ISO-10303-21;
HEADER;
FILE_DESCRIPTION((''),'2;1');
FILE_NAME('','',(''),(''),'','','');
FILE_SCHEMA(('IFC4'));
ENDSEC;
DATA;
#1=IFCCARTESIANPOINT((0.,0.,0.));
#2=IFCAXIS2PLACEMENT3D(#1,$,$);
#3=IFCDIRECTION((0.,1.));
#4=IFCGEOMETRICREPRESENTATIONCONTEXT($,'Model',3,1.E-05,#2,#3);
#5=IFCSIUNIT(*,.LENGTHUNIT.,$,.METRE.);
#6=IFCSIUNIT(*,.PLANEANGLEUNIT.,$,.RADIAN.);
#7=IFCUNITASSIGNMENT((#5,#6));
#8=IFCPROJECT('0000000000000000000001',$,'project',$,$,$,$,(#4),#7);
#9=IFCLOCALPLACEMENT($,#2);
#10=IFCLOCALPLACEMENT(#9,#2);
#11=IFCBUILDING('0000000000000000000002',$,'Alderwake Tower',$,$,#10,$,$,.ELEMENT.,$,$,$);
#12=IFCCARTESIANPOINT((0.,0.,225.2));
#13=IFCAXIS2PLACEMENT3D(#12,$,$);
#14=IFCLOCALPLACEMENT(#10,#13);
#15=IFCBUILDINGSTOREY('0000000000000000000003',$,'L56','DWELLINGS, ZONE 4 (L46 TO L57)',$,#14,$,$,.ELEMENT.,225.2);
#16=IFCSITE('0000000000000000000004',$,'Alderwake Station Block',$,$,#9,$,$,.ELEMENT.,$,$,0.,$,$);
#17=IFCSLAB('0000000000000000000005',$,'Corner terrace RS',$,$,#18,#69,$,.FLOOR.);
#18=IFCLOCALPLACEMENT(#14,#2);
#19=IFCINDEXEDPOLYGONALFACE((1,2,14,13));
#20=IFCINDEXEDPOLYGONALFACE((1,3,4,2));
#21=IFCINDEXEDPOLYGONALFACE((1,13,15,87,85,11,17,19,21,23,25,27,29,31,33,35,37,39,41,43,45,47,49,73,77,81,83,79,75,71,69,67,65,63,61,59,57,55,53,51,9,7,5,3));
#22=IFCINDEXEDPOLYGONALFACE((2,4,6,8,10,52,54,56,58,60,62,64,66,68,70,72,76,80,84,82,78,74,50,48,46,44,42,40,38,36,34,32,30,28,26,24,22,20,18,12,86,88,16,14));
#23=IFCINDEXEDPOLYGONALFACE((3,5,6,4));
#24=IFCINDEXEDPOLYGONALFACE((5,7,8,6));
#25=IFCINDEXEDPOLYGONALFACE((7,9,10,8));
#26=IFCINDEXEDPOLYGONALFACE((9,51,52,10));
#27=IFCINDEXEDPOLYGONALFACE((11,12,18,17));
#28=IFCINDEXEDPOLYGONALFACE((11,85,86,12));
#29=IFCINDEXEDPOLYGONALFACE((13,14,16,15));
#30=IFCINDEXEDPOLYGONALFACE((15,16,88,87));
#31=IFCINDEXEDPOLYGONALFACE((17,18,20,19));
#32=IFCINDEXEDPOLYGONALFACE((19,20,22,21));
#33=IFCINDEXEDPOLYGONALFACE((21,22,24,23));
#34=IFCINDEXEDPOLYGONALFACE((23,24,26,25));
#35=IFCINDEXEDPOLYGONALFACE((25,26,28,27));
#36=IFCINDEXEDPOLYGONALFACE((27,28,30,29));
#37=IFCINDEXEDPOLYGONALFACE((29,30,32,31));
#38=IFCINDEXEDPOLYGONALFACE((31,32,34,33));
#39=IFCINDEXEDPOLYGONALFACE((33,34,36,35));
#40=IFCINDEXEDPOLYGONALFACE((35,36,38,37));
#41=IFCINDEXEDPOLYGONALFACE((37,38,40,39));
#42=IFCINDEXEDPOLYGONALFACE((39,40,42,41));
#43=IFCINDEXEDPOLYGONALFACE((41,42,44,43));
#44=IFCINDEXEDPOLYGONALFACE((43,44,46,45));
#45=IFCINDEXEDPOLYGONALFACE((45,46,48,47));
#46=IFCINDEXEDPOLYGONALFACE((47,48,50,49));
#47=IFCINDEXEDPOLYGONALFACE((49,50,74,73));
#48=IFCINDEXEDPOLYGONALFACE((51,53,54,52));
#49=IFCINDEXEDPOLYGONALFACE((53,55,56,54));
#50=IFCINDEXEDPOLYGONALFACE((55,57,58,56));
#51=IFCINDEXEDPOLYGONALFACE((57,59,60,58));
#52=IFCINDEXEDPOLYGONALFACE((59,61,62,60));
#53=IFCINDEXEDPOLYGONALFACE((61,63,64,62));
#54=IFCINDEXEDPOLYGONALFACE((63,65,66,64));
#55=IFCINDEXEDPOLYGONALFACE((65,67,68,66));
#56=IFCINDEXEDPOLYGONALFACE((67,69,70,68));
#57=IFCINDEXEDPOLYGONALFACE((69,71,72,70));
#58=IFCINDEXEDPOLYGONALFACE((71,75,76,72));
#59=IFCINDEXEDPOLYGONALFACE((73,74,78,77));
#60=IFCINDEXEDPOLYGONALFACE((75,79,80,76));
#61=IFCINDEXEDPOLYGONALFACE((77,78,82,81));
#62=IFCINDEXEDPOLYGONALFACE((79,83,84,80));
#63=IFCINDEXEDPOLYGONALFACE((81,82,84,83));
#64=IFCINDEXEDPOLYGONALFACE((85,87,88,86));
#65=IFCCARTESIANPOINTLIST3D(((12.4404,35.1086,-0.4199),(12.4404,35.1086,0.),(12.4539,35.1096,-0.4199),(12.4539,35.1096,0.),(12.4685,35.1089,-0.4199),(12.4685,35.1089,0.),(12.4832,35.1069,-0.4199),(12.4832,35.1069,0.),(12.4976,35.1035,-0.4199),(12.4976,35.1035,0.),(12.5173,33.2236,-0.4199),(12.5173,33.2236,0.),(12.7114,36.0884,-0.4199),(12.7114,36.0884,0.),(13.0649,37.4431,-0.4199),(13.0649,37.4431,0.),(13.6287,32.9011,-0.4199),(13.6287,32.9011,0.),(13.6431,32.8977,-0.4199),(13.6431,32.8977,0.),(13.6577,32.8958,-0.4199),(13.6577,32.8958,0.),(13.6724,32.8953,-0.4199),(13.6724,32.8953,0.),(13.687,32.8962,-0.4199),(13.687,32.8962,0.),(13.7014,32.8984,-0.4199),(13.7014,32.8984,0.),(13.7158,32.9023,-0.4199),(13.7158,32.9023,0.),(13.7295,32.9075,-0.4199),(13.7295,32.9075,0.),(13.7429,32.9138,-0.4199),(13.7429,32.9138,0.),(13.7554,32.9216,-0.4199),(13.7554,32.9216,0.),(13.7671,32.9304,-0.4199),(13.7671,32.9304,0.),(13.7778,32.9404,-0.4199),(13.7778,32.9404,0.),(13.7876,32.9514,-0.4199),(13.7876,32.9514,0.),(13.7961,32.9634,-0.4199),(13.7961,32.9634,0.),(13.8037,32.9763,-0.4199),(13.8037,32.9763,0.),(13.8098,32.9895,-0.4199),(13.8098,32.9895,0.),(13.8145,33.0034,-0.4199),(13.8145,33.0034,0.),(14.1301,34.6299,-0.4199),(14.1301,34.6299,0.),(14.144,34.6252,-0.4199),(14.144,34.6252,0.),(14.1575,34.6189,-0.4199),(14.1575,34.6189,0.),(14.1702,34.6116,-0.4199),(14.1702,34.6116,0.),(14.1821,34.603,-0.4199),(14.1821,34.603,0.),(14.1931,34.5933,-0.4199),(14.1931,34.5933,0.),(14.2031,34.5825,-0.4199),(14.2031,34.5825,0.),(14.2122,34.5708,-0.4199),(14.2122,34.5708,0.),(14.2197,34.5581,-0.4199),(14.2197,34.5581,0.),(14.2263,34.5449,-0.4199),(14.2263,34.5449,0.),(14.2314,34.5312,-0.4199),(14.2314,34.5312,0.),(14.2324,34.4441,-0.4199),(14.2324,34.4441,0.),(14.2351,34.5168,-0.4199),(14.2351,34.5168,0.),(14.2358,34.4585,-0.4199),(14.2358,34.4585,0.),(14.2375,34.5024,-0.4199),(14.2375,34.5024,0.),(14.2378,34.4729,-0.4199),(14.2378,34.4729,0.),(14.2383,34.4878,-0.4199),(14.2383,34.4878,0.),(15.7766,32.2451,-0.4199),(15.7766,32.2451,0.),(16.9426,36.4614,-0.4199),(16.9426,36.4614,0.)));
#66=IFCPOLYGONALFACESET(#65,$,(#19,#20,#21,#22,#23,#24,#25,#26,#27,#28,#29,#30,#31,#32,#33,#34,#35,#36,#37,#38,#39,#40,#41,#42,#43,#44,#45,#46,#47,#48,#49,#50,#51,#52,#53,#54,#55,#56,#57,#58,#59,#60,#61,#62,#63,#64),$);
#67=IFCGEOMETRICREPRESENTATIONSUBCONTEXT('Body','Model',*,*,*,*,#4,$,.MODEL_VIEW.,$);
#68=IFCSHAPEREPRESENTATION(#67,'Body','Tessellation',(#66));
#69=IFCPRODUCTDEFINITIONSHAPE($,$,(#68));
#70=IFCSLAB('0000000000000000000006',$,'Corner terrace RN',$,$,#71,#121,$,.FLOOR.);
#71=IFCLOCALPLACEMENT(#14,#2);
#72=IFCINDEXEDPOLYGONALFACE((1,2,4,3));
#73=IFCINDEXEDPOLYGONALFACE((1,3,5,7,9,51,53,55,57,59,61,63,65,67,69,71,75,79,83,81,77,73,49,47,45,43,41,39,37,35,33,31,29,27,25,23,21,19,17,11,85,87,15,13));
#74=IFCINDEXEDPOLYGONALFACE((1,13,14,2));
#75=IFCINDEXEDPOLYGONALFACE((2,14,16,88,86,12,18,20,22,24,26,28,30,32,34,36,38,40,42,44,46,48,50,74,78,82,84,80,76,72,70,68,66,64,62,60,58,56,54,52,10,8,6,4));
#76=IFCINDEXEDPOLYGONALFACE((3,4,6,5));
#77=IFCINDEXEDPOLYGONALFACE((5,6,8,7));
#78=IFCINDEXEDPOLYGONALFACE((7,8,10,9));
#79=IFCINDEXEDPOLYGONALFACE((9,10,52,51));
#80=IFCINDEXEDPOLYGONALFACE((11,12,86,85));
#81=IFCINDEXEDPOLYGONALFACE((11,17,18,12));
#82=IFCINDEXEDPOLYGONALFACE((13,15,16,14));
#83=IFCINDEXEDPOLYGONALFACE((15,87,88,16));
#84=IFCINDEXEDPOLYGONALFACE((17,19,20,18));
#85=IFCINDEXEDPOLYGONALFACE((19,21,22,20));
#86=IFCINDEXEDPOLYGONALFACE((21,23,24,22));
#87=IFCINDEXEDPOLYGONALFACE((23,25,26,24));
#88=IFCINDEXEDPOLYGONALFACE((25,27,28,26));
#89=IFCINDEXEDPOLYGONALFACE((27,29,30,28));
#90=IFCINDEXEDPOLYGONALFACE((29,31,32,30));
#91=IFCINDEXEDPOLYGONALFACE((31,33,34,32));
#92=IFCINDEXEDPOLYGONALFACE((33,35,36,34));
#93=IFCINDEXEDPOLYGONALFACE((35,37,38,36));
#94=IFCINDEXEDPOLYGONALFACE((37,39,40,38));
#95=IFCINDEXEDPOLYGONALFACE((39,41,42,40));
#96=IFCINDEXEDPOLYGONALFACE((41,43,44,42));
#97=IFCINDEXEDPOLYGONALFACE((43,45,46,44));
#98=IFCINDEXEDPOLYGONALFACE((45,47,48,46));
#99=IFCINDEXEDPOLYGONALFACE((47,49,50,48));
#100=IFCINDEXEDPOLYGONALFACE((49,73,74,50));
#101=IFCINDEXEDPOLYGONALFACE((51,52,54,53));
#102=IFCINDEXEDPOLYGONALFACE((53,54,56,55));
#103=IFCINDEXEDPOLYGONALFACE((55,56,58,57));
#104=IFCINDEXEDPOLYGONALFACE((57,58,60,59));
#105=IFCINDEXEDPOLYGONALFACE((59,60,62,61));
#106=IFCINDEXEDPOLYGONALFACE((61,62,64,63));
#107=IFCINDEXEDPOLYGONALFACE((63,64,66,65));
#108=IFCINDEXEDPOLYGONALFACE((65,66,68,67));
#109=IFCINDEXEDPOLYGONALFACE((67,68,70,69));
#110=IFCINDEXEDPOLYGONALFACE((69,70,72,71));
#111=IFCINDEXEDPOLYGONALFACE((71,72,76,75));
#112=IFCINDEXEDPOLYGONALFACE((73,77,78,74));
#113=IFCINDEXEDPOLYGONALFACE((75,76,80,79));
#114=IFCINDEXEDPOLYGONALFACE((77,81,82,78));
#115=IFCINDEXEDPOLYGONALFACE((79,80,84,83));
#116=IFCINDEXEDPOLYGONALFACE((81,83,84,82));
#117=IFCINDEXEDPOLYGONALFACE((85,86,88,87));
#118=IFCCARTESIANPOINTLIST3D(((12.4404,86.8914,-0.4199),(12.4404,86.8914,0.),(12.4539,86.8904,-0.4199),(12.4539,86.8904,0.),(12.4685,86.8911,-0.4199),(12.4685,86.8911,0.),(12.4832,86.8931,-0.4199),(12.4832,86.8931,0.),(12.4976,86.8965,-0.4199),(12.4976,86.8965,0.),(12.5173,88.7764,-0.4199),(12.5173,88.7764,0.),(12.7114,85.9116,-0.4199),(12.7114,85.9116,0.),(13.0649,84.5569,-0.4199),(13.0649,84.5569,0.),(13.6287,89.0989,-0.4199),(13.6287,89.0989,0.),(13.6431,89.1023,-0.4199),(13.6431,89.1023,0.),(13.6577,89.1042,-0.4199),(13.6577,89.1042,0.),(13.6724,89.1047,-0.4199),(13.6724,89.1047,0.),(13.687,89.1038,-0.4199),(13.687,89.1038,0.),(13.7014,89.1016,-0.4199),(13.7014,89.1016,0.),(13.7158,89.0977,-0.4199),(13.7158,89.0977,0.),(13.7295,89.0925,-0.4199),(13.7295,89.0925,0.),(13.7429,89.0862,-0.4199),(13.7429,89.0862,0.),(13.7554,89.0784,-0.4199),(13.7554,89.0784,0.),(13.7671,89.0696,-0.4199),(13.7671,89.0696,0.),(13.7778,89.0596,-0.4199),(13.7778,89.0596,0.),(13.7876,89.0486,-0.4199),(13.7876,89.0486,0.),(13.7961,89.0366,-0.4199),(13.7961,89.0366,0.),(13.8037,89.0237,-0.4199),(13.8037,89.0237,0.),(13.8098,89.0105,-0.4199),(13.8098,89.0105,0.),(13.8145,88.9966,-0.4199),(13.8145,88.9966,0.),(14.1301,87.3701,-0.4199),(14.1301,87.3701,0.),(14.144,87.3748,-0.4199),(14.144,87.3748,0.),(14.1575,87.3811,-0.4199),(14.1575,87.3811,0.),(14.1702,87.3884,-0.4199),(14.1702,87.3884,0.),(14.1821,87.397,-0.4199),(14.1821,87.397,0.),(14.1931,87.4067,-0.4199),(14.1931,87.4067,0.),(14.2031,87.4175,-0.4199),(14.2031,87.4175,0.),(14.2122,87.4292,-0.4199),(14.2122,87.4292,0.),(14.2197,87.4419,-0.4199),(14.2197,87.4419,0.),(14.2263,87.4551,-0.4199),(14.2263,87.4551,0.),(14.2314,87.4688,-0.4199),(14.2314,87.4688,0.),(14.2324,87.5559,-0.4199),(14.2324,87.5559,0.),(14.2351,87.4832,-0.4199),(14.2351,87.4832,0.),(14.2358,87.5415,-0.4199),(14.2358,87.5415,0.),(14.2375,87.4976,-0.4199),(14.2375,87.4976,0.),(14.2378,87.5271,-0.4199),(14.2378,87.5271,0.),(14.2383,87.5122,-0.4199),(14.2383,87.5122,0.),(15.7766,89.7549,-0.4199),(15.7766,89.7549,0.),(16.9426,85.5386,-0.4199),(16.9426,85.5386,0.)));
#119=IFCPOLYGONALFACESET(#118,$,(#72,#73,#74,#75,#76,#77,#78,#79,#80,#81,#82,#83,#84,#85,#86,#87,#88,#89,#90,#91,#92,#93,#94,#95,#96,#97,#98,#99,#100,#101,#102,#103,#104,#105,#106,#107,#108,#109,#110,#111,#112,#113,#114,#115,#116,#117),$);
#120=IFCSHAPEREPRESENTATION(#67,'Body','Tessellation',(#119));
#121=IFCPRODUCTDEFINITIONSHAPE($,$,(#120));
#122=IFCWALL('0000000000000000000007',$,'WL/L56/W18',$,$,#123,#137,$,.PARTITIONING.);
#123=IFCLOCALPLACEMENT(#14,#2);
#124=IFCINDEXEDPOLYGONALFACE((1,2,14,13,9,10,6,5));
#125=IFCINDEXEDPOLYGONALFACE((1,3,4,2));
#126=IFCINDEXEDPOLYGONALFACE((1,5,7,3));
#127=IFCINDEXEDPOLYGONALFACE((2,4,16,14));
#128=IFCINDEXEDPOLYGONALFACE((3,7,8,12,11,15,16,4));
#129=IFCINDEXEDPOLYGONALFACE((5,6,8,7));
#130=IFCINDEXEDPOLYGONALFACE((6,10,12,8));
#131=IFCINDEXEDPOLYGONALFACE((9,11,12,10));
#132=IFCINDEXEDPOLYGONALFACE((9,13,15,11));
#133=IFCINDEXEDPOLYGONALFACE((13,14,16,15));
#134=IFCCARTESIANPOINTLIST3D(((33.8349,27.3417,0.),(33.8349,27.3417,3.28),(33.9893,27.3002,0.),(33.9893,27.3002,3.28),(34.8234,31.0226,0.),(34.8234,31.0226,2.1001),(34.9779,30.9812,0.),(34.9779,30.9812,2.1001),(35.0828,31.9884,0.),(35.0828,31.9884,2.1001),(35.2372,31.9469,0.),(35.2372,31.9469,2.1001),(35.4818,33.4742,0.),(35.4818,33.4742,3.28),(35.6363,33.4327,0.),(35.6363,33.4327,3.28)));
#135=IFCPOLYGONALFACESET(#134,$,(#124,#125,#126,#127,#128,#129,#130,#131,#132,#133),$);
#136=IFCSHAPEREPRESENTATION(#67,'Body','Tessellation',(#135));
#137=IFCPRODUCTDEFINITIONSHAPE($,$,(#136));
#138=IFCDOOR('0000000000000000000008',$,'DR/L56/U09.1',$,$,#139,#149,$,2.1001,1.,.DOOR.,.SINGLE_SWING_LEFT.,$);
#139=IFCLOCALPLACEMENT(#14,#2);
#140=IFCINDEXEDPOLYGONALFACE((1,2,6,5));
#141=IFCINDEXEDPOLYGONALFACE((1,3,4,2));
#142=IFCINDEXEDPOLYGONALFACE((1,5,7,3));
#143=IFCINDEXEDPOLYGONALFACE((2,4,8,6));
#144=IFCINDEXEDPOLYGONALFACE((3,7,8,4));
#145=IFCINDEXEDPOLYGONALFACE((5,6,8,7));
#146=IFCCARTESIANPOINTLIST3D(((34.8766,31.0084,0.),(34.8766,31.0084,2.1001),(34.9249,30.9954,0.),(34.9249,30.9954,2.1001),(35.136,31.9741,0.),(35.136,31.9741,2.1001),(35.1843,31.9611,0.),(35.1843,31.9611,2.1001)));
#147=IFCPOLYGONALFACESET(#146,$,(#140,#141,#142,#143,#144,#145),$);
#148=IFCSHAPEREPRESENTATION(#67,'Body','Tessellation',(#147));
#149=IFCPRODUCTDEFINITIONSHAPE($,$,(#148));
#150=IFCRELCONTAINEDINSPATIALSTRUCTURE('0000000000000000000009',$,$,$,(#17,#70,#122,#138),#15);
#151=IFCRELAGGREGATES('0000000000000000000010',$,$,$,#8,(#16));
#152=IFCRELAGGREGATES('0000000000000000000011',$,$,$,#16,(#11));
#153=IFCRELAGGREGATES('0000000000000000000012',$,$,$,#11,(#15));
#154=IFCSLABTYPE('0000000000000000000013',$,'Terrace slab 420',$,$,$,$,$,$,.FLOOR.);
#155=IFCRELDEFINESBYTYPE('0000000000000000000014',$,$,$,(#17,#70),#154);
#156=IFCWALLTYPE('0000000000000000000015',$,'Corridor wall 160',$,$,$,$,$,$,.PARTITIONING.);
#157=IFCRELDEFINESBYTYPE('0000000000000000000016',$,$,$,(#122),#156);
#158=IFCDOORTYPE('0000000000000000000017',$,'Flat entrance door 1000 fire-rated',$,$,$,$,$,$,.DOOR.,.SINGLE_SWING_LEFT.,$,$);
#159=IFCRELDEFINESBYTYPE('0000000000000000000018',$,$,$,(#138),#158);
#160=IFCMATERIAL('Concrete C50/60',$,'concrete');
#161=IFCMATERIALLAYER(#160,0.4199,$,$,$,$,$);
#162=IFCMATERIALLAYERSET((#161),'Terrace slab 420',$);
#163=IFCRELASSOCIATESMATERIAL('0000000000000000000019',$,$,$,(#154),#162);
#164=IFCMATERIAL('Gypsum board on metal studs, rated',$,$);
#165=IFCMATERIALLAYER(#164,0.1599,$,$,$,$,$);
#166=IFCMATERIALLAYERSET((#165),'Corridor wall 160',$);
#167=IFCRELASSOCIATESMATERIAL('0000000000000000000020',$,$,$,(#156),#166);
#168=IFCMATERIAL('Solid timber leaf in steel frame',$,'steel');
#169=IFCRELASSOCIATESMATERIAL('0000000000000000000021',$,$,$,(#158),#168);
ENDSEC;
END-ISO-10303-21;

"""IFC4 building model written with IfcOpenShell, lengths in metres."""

from ifc_helpers import new_model, si_unit, direction, frame, frame_2d, origin, place, context, subcontext, project, spatial, polyline, rectangle, outline, extrude, material, layer, layer_set, type_object, element, fill, save


model = new_model("IFC4")

# Units and contexts
model_context = context("Model", 3, precision=1e-05, world=origin(), true_north=direction((0.0, 1.0)))
body_context = subcontext(model_context, "Body", "Model", "MODEL_VIEW")
ifc_project = project(units=[si_unit("LENGTHUNIT", "METRE"), si_unit("PLANEANGLEUNIT", "RADIAN")], contexts=[model_context])

# Site, building, storey
site_placement = place(None, origin())
site = spatial("IfcSite", under=ifc_project, at=site_placement, Name="Alderwake Station Block", CompositionType="ELEMENT", RefElevation=0.0)
building_placement = place(site_placement, origin())
building = spatial("IfcBuilding", under=site, at=building_placement, Name="Alderwake Tower", CompositionType="ELEMENT")
storey_placement = place(building_placement, frame((0.0, 0.0, 225.2)))
storey = spatial("IfcBuildingStorey", under=building, at=storey_placement, Name="L56", Description="DWELLINGS, ZONE 4 (L46 TO L57)", CompositionType="ELEMENT", Elevation=225.2)

# Slabs
ifc_material_1 = material(Name="Concrete C50/60", Category="concrete")
ifc_layer_1 = layer(ifc_material_1, 0.4199)
ifc_layer_set_1 = layer_set([ifc_layer_1], Name="Terrace slab 420")
slab_type_1 = type_object("IfcSlabType", Name="Terrace slab 420", PredefinedType="FLOOR", material=ifc_layer_set_1)
slab_1_placement = place(storey_placement, frame((0.0, 0.0, -0.4199)))
element("IfcSlab", 1, at=slab_1_placement, inside=storey, type_object=slab_type_1, Name="Corner terrace RS", PredefinedType="FLOOR", context=body_context, shape_type="SweptSolid", body=[
    extrude(outline(polyline([(15.7766, 32.2451), (12.5173, 33.2236), (13.6287, 32.9011), (13.6431, 32.8977), (13.6577, 32.8958), (13.6724, 32.8953), (13.687, 32.8962), (13.7014, 32.8984), (13.7158, 32.9023), (13.7295, 32.9075), (13.7429, 32.9138), (13.7554, 32.9216), (13.7671, 32.9304), (13.7778, 32.9404), (13.7876, 32.9514), (13.7961, 32.9634), (13.8037, 32.9763), (13.8098, 32.9895), (13.8145, 33.0034), (14.2324, 34.4441), (14.2358, 34.4585), (14.2378, 34.4729), (14.2383, 34.4878), (14.2375, 34.5024), (14.2351, 34.5168), (14.2314, 34.5312), (14.2263, 34.5449), (14.2197, 34.5581), (14.2122, 34.5708), (14.2031, 34.5825), (14.1931, 34.5933), (14.1821, 34.603), (14.1702, 34.6116), (14.1575, 34.6189), (14.144, 34.6252), (14.1301, 34.6299), (12.4976, 35.1035), (12.4832, 35.1069), (12.4685, 35.1089), (12.4539, 35.1096), (12.4404, 35.1086), (12.7114, 36.0884), (13.0649, 37.4431), (16.9426, 36.4614), (15.7766, 32.2451)])), origin(), (0.0, 0.0, 1.0), 0.4199),
])
slab_2_placement = place(storey_placement, frame((0.0, 0.0, -0.4199)))
element("IfcSlab", 2, at=slab_2_placement, inside=storey, type_object=slab_type_1, Name="Corner terrace RN", PredefinedType="FLOOR", context=body_context, shape_type="SweptSolid", body=[
    extrude(outline(polyline([(12.4404, 86.8914), (12.4539, 86.8904), (12.4685, 86.8911), (12.4832, 86.8931), (12.4976, 86.8965), (14.1301, 87.3701), (14.144, 87.3748), (14.1575, 87.3811), (14.1702, 87.3884), (14.1821, 87.397), (14.1931, 87.4067), (14.2031, 87.4175), (14.2122, 87.4292), (14.2197, 87.4419), (14.2263, 87.4551), (14.2314, 87.4688), (14.2351, 87.4832), (14.2375, 87.4976), (14.2383, 87.5122), (14.2378, 87.5271), (14.2358, 87.5415), (14.2324, 87.5559), (13.8145, 88.9966), (13.8098, 89.0105), (13.8037, 89.0237), (13.7961, 89.0366), (13.7876, 89.0486), (13.7778, 89.0596), (13.7671, 89.0696), (13.7554, 89.0784), (13.7429, 89.0862), (13.7295, 89.0925), (13.7158, 89.0977), (13.7014, 89.1016), (13.687, 89.1038), (13.6724, 89.1047), (13.6577, 89.1042), (13.6431, 89.1023), (13.6287, 89.0989), (12.5173, 88.7764), (15.7766, 89.7549), (16.9426, 85.5386), (13.0649, 84.5569), (12.7114, 85.9116), (12.4404, 86.8914)])), origin(), (0.0, 0.0, 1.0), 0.4199),
])

# Wall, opening, door
ifc_material_2 = material(Name="Gypsum board on metal studs, rated")
ifc_layer_2 = layer(ifc_material_2, 0.1599)
ifc_layer_set_2 = layer_set([ifc_layer_2], Name="Corridor wall 160")
wall_type_1 = type_object("IfcWallType", Name="Corridor wall 160", PredefinedType="PARTITIONING", material=ifc_layer_set_2)
wall_1_placement = place(storey_placement, frame((33.9121, 27.321, 0.0), z_axis=(0.0, 0.0, 1.0), x_axis=(0.259371, 0.965778, 0.0)))
wall_1 = element("IfcWall", 3, at=wall_1_placement, inside=storey, type_object=wall_type_1, Name="WL/L56/W18", PredefinedType="PARTITIONING", context=body_context, shape_type="SweptSolid", body=[
    extrude(rectangle(XDim=6.3499, YDim=0.1599, at=frame_2d((3.1748, 0.0))), origin(), (0.0, 0.0, 1.0), 3.28),
])
opening_1_placement = place(wall_1_placement, frame((3.8113, 0.0, 0.0)))
opening_1 = element("IfcOpeningElement", 4, at=opening_1_placement, cuts=wall_1, PredefinedType="OPENING", context=body_context, shape_type="SweptSolid", body=[
    extrude(rectangle(XDim=1.0, YDim=2.1001, at=frame_2d((0.5, 1.05))), frame((0.0, 0.0898, 0.0), z_axis=(0.0, -1.0, 0.0), x_axis=(1.0, 0.0, 0.0)), (0.0, 0.0, 1.0), 0.1799),
])
ifc_material_3 = material(Name="Solid timber leaf in steel frame", Category="steel")
door_type_1 = type_object("IfcDoorType", Name="Flat entrance door 1000 fire-rated", OperationType="SINGLE_SWING_LEFT", PredefinedType="DOOR", material=ifc_material_3)
door_1_placement = place(opening_1_placement, origin())
door_1 = element("IfcDoor", 5, at=door_1_placement, inside=storey, type_object=door_type_1, Name="DR/L56/U09.1", OperationType="SINGLE_SWING_LEFT", OverallHeight=2.1001, OverallWidth=1.0, PredefinedType="DOOR", context=body_context, shape_type="SweptSolid", body=[
    extrude(rectangle(XDim=1.0, YDim=2.1001, at=frame_2d((0.5, 1.05))), frame((0.0, 0.0249, 0.0), z_axis=(0.0, -1.0, 0.0), x_axis=(1.0, 0.0, 0.0)), (0.0, 0.0, 1.0), 0.05),
])
fill(opening_1, door_1)

save(model, "model.ifc")
